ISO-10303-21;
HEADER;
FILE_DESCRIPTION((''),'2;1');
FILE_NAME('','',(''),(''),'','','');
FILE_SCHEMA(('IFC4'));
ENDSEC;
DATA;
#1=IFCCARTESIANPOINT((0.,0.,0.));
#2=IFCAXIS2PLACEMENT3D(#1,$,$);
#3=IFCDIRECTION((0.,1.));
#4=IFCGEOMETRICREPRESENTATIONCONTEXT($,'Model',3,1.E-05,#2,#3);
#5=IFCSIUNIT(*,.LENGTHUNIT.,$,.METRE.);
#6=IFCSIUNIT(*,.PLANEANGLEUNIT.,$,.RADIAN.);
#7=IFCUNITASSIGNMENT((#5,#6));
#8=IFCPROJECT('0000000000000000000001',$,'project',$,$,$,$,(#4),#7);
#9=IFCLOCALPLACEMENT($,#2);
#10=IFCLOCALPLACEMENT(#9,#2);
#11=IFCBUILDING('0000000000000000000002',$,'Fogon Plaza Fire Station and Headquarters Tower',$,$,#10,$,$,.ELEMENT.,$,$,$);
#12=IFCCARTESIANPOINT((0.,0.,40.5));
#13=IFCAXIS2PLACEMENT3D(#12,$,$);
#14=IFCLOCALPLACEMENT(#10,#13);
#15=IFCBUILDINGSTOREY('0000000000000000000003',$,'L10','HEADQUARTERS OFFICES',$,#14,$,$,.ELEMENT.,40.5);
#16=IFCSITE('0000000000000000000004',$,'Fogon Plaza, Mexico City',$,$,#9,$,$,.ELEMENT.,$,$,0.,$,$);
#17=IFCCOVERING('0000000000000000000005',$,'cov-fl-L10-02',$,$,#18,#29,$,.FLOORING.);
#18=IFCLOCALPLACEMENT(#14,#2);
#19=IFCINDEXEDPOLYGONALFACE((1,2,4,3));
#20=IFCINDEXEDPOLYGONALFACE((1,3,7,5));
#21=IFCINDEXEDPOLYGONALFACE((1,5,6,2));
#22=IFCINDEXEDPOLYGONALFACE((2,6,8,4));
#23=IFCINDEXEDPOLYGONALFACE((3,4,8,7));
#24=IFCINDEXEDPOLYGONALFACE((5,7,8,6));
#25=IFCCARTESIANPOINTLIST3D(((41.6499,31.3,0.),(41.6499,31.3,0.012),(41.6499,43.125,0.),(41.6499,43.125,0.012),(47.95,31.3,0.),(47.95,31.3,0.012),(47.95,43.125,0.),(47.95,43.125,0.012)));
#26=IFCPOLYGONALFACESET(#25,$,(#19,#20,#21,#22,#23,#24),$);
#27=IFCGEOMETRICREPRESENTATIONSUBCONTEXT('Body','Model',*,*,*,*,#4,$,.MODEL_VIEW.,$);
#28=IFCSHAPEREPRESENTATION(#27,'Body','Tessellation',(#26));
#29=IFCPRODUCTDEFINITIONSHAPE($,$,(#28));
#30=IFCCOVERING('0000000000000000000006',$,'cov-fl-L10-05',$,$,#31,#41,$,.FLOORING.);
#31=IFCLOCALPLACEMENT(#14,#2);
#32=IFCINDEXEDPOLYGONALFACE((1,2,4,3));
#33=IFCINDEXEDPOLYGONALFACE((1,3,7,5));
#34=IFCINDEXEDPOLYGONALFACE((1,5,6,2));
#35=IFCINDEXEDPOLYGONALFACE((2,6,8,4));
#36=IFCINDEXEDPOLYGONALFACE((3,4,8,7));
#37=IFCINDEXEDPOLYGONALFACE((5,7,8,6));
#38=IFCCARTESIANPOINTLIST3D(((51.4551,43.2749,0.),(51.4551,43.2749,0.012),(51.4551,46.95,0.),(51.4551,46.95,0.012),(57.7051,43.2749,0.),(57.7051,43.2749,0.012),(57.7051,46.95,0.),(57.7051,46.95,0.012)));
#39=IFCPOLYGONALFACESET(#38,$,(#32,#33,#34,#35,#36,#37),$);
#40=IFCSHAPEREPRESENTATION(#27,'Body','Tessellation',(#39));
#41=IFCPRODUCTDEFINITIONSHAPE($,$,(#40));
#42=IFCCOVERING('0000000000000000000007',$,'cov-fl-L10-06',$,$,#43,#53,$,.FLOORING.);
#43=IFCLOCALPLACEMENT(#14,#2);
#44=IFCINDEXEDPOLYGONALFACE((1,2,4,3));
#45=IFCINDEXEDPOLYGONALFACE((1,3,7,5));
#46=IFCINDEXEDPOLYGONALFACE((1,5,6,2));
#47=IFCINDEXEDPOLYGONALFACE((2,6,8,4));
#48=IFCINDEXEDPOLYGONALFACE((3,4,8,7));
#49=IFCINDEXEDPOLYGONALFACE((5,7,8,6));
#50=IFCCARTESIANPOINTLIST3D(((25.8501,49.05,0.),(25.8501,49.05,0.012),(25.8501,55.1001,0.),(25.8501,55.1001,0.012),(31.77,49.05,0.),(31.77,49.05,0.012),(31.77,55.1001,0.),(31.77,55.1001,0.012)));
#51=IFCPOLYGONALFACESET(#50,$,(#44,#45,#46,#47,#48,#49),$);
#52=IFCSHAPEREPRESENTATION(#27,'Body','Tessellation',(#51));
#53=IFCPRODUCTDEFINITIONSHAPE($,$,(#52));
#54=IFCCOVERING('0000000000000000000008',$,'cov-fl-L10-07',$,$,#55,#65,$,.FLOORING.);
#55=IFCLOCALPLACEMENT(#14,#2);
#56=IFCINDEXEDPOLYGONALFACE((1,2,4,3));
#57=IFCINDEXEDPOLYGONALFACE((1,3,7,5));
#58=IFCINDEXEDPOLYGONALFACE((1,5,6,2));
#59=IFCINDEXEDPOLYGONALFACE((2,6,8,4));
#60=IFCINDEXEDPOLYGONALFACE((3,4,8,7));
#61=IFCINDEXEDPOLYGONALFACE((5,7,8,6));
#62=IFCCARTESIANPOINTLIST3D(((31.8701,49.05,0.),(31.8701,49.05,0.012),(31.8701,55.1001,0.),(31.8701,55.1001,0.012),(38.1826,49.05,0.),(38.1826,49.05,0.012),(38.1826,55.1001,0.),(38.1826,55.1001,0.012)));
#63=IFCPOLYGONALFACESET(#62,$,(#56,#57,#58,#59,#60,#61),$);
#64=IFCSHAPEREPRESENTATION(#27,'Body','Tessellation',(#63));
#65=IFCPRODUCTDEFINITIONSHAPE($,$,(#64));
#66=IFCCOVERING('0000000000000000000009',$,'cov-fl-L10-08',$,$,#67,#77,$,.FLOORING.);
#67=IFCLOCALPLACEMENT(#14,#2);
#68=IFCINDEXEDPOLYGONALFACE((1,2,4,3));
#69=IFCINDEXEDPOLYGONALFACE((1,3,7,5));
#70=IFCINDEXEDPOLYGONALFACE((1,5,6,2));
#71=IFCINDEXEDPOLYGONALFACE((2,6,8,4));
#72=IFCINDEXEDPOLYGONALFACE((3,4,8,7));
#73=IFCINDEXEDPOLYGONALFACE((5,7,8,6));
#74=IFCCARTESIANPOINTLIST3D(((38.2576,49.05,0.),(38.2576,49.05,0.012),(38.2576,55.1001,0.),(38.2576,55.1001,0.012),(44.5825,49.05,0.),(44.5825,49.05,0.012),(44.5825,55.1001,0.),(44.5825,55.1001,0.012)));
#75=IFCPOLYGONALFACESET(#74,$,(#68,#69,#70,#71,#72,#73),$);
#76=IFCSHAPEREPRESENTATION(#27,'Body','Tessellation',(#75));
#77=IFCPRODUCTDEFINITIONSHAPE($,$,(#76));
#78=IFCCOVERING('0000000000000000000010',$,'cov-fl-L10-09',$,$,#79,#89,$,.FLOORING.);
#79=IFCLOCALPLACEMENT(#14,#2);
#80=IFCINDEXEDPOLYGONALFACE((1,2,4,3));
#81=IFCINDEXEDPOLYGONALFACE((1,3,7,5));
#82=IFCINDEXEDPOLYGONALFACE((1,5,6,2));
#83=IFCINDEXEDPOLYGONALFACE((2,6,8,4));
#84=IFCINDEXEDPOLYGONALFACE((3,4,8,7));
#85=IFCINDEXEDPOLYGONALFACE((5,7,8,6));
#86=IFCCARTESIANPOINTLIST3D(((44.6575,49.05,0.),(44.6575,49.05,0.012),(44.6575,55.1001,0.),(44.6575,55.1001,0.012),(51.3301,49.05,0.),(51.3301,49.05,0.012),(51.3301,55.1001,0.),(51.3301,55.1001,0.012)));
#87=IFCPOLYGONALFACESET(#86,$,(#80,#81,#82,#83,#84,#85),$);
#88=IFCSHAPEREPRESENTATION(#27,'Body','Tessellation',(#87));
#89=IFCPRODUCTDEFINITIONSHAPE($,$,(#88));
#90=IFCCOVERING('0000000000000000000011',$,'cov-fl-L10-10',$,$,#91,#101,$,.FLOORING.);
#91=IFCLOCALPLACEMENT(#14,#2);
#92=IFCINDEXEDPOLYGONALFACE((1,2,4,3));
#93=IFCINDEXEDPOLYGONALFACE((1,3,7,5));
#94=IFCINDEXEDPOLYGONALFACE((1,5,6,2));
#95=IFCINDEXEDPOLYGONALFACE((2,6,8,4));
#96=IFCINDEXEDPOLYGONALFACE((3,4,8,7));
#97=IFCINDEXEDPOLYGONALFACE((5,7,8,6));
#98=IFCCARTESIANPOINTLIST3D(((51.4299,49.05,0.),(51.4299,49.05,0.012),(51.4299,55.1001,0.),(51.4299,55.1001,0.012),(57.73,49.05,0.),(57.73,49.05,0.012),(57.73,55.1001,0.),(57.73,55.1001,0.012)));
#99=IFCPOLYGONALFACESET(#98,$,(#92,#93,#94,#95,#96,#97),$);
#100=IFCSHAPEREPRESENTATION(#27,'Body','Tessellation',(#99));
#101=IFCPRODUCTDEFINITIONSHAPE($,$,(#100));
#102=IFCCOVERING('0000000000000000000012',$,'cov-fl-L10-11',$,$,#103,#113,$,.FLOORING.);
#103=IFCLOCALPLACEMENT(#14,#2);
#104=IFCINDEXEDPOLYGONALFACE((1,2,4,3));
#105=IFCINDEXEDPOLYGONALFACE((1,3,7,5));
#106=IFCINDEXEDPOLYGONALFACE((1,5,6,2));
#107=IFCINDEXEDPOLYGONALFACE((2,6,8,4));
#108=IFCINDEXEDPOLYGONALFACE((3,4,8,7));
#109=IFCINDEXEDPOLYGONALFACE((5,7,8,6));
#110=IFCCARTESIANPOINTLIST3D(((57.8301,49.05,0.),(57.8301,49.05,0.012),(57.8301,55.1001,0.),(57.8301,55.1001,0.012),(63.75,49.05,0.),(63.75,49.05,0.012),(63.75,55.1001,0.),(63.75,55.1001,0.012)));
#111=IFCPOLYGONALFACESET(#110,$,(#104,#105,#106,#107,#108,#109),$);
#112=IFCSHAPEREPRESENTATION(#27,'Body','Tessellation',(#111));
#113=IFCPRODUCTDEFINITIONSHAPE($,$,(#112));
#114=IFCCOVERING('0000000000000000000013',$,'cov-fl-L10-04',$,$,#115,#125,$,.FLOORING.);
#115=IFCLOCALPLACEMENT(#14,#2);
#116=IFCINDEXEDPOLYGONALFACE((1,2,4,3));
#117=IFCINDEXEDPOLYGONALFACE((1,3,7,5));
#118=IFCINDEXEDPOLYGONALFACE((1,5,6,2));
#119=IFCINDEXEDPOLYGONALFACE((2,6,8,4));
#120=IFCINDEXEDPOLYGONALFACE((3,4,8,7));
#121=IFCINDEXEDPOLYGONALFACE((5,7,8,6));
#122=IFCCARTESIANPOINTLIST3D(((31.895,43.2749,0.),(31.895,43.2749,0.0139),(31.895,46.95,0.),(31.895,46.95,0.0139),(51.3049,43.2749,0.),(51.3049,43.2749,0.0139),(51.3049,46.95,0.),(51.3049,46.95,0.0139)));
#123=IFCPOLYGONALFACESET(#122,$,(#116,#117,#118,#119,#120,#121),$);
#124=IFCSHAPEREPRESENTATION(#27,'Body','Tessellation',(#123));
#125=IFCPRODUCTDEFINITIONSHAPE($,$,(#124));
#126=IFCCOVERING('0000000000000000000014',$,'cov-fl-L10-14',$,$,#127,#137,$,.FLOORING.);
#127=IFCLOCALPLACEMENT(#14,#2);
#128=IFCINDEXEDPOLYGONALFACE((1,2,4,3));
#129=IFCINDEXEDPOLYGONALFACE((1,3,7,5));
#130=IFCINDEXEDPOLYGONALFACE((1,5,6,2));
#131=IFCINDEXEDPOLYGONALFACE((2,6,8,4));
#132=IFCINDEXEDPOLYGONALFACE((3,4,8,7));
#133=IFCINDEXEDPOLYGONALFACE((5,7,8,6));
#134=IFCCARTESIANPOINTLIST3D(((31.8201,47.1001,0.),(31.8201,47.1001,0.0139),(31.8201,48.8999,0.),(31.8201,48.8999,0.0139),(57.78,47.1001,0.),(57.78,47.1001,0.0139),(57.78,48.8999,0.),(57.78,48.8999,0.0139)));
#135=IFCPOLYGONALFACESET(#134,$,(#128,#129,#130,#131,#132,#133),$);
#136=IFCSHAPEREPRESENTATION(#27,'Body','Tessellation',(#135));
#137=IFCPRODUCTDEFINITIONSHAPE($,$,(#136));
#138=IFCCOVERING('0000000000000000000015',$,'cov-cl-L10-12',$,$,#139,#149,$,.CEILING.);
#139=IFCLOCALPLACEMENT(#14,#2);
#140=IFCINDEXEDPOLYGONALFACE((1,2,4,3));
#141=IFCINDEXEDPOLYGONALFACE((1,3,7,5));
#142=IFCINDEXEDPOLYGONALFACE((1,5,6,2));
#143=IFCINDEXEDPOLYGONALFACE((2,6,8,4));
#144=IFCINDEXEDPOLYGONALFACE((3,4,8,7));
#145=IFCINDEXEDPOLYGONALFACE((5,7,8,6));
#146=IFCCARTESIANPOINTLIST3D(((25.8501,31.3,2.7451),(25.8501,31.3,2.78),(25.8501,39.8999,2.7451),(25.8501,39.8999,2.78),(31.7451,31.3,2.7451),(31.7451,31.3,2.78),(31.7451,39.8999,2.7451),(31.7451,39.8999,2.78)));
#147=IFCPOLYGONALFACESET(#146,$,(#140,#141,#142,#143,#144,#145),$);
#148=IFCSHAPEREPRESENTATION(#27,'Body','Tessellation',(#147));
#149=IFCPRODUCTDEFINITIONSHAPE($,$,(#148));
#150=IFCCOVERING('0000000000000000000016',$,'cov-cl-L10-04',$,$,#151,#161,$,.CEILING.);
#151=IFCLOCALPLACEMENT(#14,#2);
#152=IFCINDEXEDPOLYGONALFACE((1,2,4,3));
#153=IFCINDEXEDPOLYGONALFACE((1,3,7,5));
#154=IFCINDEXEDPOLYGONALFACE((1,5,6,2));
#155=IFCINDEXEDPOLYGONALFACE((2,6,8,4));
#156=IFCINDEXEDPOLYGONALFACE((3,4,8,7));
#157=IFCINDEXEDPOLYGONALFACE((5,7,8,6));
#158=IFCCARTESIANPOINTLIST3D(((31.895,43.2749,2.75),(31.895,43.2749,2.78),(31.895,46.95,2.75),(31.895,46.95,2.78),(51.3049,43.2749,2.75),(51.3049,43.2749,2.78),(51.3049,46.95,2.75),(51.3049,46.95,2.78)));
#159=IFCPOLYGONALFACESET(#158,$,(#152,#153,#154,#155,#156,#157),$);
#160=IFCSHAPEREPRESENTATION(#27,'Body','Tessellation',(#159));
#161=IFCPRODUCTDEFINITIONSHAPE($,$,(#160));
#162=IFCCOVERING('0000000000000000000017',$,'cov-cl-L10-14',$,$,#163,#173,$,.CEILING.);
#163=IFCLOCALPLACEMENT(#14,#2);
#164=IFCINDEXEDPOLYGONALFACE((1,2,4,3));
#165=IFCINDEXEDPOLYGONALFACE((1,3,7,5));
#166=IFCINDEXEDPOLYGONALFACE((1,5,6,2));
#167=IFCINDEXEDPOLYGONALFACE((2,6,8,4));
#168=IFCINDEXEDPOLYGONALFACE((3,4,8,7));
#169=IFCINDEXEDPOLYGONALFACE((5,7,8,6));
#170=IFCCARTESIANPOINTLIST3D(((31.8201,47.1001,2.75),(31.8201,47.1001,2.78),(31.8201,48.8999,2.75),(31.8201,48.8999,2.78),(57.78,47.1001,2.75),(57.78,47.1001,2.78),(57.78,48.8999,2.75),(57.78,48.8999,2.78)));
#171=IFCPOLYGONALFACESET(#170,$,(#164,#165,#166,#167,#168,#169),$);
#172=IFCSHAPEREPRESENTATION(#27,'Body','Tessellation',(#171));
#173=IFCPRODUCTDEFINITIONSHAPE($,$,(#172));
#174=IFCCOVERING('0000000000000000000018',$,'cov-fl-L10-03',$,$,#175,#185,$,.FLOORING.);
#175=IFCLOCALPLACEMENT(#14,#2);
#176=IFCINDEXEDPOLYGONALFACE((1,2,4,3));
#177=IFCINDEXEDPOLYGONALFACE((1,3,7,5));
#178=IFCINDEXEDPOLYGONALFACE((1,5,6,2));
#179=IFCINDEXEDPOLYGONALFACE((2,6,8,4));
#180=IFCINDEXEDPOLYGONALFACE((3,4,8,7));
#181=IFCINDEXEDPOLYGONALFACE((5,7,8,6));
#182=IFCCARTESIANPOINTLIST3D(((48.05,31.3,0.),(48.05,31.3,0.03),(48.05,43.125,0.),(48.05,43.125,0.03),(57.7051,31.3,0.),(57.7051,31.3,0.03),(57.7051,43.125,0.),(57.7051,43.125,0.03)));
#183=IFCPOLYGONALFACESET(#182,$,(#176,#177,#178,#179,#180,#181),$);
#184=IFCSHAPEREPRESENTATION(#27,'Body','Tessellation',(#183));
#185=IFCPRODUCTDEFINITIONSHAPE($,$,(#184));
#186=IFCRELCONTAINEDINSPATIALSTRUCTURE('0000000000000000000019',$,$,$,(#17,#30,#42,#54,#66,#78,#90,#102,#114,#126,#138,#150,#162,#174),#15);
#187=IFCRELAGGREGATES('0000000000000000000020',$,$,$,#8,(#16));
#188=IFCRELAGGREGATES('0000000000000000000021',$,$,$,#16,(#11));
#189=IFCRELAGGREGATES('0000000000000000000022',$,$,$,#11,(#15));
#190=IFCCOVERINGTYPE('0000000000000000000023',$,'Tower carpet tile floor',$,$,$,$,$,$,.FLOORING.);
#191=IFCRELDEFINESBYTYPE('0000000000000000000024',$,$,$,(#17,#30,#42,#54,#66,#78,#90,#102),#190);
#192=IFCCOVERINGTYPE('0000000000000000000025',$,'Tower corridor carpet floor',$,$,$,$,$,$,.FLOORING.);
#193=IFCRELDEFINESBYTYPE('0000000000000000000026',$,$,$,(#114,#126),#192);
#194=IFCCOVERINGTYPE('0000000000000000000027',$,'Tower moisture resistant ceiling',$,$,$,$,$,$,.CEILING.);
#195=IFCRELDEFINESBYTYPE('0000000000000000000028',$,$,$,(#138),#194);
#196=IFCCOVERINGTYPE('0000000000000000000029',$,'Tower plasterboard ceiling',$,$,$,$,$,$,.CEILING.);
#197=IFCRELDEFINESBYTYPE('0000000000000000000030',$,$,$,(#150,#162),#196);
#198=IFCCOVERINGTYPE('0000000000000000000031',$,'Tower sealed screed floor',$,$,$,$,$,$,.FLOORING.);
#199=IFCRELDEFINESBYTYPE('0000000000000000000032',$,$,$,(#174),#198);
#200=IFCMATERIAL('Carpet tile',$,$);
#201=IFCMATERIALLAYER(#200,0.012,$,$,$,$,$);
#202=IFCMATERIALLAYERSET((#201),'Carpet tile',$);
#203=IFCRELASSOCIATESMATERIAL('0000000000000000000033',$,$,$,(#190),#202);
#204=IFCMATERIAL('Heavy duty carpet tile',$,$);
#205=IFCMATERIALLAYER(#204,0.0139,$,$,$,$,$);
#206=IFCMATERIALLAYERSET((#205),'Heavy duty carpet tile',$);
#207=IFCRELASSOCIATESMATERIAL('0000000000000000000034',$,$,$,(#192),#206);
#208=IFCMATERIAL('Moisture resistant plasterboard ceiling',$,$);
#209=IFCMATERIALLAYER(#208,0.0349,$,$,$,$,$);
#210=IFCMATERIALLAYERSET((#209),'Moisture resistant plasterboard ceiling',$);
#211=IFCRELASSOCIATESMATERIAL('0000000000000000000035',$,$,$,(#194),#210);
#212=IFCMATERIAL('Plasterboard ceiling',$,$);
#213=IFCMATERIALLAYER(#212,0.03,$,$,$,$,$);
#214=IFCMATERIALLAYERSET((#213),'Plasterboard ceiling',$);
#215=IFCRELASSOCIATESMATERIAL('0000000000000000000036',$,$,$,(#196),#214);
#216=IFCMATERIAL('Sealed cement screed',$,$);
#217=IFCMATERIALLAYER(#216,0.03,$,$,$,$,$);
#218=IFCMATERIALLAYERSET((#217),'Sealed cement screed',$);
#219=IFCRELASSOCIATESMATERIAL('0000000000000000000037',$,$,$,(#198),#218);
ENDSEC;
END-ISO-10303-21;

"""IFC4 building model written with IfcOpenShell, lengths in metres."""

from ifc_helpers import new_model, si_unit, direction, frame, origin, place, context, subcontext, project, spatial, polyline, outline, extrude, material, layer, layer_set, type_object, element, save


model = new_model("IFC4")

# Units and contexts
model_context = context("Model", 3, precision=1e-05, world=origin(), true_north=direction((0.0, 1.0)))
body_context = subcontext(model_context, "Body", "Model", "MODEL_VIEW")
ifc_project = project(units=[si_unit("LENGTHUNIT", "METRE"), si_unit("PLANEANGLEUNIT", "RADIAN")], contexts=[model_context])

# Site, building, storey
site_placement = place(None, origin())
site = spatial("IfcSite", under=ifc_project, at=site_placement, Name="Fogon Plaza, Mexico City", CompositionType="ELEMENT", RefElevation=0.0)
building_placement = place(site_placement, origin())
building = spatial("IfcBuilding", under=site, at=building_placement, Name="Fogon Plaza Fire Station and Headquarters Tower", CompositionType="ELEMENT")
storey_placement = place(building_placement, frame((0.0, 0.0, 40.5)))
storey = spatial("IfcBuildingStorey", under=building, at=storey_placement, Name="L10", Description="HEADQUARTERS OFFICES", CompositionType="ELEMENT", Elevation=40.5)

# Coverings
ifc_material_1 = material(Name="Carpet tile")
ifc_layer_1 = layer(ifc_material_1, 0.012)
ifc_layer_set_1 = layer_set([ifc_layer_1], Name="Carpet tile")
covering_type_1 = type_object("IfcCoveringType", Name="Tower carpet tile floor", PredefinedType="FLOORING", material=ifc_layer_set_1)
covering_1_placement = place(storey_placement, origin())
element("IfcCovering", 1, at=covering_1_placement, inside=storey, type_object=covering_type_1, Name="cov-fl-L10-02", PredefinedType="FLOORING", context=body_context, shape_type="SweptSolid", body=[
    extrude(outline(polyline([(47.95, 31.3), (47.95, 43.125), (41.6499, 43.125), (41.6499, 31.3), (47.95, 31.3)])), origin(), (0.0, 0.0, 1.0), 0.012),
])
covering_2_placement = place(storey_placement, origin())
element("IfcCovering", 2, at=covering_2_placement, inside=storey, type_object=covering_type_1, Name="cov-fl-L10-05", PredefinedType="FLOORING", context=body_context, shape_type="SweptSolid", body=[
    extrude(outline(polyline([(57.7051, 43.2749), (57.7051, 46.95), (51.4551, 46.95), (51.4551, 43.2749), (57.7051, 43.2749)])), origin(), (0.0, 0.0, 1.0), 0.012),
])
covering_3_placement = place(storey_placement, origin())
element("IfcCovering", 3, at=covering_3_placement, inside=storey, type_object=covering_type_1, Name="cov-fl-L10-06", PredefinedType="FLOORING", context=body_context, shape_type="SweptSolid", body=[
    extrude(outline(polyline([(31.77, 49.05), (31.77, 55.1001), (25.8501, 55.1001), (25.8501, 49.05), (31.77, 49.05)])), origin(), (0.0, 0.0, 1.0), 0.012),
])
covering_4_placement = place(storey_placement, origin())
element("IfcCovering", 4, at=covering_4_placement, inside=storey, type_object=covering_type_1, Name="cov-fl-L10-07", PredefinedType="FLOORING", context=body_context, shape_type="SweptSolid", body=[
    extrude(outline(polyline([(38.1826, 49.05), (38.1826, 55.1001), (31.8701, 55.1001), (31.8701, 49.05), (38.1826, 49.05)])), origin(), (0.0, 0.0, 1.0), 0.012),
])
covering_5_placement = place(storey_placement, origin())
element("IfcCovering", 5, at=covering_5_placement, inside=storey, type_object=covering_type_1, Name="cov-fl-L10-08", PredefinedType="FLOORING", context=body_context, shape_type="SweptSolid", body=[
    extrude(outline(polyline([(44.5825, 49.05), (44.5825, 55.1001), (38.2576, 55.1001), (38.2576, 49.05), (44.5825, 49.05)])), origin(), (0.0, 0.0, 1.0), 0.012),
])
covering_6_placement = place(storey_placement, origin())
element("IfcCovering", 6, at=covering_6_placement, inside=storey, type_object=covering_type_1, Name="cov-fl-L10-09", PredefinedType="FLOORING", context=body_context, shape_type="SweptSolid", body=[
    extrude(outline(polyline([(51.3301, 49.05), (51.3301, 55.1001), (44.6575, 55.1001), (44.6575, 49.05), (51.3301, 49.05)])), origin(), (0.0, 0.0, 1.0), 0.012),
])
covering_7_placement = place(storey_placement, origin())
element("IfcCovering", 7, at=covering_7_placement, inside=storey, type_object=covering_type_1, Name="cov-fl-L10-10", PredefinedType="FLOORING", context=body_context, shape_type="SweptSolid", body=[
    extrude(outline(polyline([(57.73, 49.05), (57.73, 55.1001), (51.4299, 55.1001), (51.4299, 49.05), (57.73, 49.05)])), origin(), (0.0, 0.0, 1.0), 0.012),
])
covering_8_placement = place(storey_placement, origin())
element("IfcCovering", 8, at=covering_8_placement, inside=storey, type_object=covering_type_1, Name="cov-fl-L10-11", PredefinedType="FLOORING", context=body_context, shape_type="SweptSolid", body=[
    extrude(outline(polyline([(63.75, 49.05), (63.75, 55.1001), (57.8301, 55.1001), (57.8301, 49.05), (63.75, 49.05)])), origin(), (0.0, 0.0, 1.0), 0.012),
])
ifc_material_2 = material(Name="Heavy duty carpet tile")
ifc_layer_2 = layer(ifc_material_2, 0.0139)
ifc_layer_set_2 = layer_set([ifc_layer_2], Name="Heavy duty carpet tile")
covering_type_2 = type_object("IfcCoveringType", Name="Tower corridor carpet floor", PredefinedType="FLOORING", material=ifc_layer_set_2)
covering_9_placement = place(storey_placement, origin())
element("IfcCovering", 9, at=covering_9_placement, inside=storey, type_object=covering_type_2, Name="cov-fl-L10-04", PredefinedType="FLOORING", context=body_context, shape_type="SweptSolid", body=[
    extrude(outline(polyline([(51.3049, 43.2749), (51.3049, 46.95), (31.895, 46.95), (31.895, 43.2749), (51.3049, 43.2749)])), origin(), (0.0, 0.0, 1.0), 0.0139),
])
covering_10_placement = place(storey_placement, origin())
element("IfcCovering", 10, at=covering_10_placement, inside=storey, type_object=covering_type_2, Name="cov-fl-L10-14", PredefinedType="FLOORING", context=body_context, shape_type="SweptSolid", body=[
    extrude(outline(polyline([(57.78, 47.1001), (57.78, 48.8999), (31.8201, 48.8999), (31.8201, 47.1001), (57.78, 47.1001)])), origin(), (0.0, 0.0, 1.0), 0.0139),
])
ifc_material_3 = material(Name="Moisture resistant plasterboard ceiling")
ifc_layer_3 = layer(ifc_material_3, 0.0349)
ifc_layer_set_3 = layer_set([ifc_layer_3], Name="Moisture resistant plasterboard ceiling")
covering_type_3 = type_object("IfcCoveringType", Name="Tower moisture resistant ceiling", PredefinedType="CEILING", material=ifc_layer_set_3)
covering_11_placement = place(storey_placement, frame((0.0, 0.0, 2.7451)))
element("IfcCovering", 11, at=covering_11_placement, inside=storey, type_object=covering_type_3, Name="cov-cl-L10-12", PredefinedType="CEILING", context=body_context, shape_type="SweptSolid", body=[
    extrude(outline(polyline([(31.7451, 31.3), (31.7451, 39.8999), (25.8501, 39.8999), (25.8501, 31.3), (31.7451, 31.3)])), origin(), (0.0, 0.0, 1.0), 0.0349),
])
ifc_material_4 = material(Name="Plasterboard ceiling")
ifc_layer_4 = layer(ifc_material_4, 0.03)
ifc_layer_set_4 = layer_set([ifc_layer_4], Name="Plasterboard ceiling")
covering_type_4 = type_object("IfcCoveringType", Name="Tower plasterboard ceiling", PredefinedType="CEILING", material=ifc_layer_set_4)
covering_12_placement = place(storey_placement, frame((0.0, 0.0, 2.75)))
element("IfcCovering", 12, at=covering_12_placement, inside=storey, type_object=covering_type_4, Name="cov-cl-L10-04", PredefinedType="CEILING", context=body_context, shape_type="SweptSolid", body=[
    extrude(outline(polyline([(51.3049, 43.2749), (51.3049, 46.95), (31.895, 46.95), (31.895, 43.2749), (51.3049, 43.2749)])), origin(), (0.0, 0.0, 1.0), 0.03),
])
covering_13_placement = place(storey_placement, frame((0.0, 0.0, 2.75)))
element("IfcCovering", 13, at=covering_13_placement, inside=storey, type_object=covering_type_4, Name="cov-cl-L10-14", PredefinedType="CEILING", context=body_context, shape_type="SweptSolid", body=[
    extrude(outline(polyline([(57.78, 47.1001), (57.78, 48.8999), (31.8201, 48.8999), (31.8201, 47.1001), (57.78, 47.1001)])), origin(), (0.0, 0.0, 1.0), 0.03),
])
ifc_material_5 = material(Name="Sealed cement screed")
ifc_layer_5 = layer(ifc_material_5, 0.03)
ifc_layer_set_5 = layer_set([ifc_layer_5], Name="Sealed cement screed")
covering_type_5 = type_object("IfcCoveringType", Name="Tower sealed screed floor", PredefinedType="FLOORING", material=ifc_layer_set_5)
covering_14_placement = place(storey_placement, origin())
element("IfcCovering", 14, at=covering_14_placement, inside=storey, type_object=covering_type_5, Name="cov-fl-L10-03", PredefinedType="FLOORING", context=body_context, shape_type="SweptSolid", body=[
    extrude(outline(polyline([(57.7051, 31.3), (57.7051, 43.125), (48.05, 43.125), (48.05, 31.3), (57.7051, 31.3)])), origin(), (0.0, 0.0, 1.0), 0.03),
])

save(model, "model.ifc")
